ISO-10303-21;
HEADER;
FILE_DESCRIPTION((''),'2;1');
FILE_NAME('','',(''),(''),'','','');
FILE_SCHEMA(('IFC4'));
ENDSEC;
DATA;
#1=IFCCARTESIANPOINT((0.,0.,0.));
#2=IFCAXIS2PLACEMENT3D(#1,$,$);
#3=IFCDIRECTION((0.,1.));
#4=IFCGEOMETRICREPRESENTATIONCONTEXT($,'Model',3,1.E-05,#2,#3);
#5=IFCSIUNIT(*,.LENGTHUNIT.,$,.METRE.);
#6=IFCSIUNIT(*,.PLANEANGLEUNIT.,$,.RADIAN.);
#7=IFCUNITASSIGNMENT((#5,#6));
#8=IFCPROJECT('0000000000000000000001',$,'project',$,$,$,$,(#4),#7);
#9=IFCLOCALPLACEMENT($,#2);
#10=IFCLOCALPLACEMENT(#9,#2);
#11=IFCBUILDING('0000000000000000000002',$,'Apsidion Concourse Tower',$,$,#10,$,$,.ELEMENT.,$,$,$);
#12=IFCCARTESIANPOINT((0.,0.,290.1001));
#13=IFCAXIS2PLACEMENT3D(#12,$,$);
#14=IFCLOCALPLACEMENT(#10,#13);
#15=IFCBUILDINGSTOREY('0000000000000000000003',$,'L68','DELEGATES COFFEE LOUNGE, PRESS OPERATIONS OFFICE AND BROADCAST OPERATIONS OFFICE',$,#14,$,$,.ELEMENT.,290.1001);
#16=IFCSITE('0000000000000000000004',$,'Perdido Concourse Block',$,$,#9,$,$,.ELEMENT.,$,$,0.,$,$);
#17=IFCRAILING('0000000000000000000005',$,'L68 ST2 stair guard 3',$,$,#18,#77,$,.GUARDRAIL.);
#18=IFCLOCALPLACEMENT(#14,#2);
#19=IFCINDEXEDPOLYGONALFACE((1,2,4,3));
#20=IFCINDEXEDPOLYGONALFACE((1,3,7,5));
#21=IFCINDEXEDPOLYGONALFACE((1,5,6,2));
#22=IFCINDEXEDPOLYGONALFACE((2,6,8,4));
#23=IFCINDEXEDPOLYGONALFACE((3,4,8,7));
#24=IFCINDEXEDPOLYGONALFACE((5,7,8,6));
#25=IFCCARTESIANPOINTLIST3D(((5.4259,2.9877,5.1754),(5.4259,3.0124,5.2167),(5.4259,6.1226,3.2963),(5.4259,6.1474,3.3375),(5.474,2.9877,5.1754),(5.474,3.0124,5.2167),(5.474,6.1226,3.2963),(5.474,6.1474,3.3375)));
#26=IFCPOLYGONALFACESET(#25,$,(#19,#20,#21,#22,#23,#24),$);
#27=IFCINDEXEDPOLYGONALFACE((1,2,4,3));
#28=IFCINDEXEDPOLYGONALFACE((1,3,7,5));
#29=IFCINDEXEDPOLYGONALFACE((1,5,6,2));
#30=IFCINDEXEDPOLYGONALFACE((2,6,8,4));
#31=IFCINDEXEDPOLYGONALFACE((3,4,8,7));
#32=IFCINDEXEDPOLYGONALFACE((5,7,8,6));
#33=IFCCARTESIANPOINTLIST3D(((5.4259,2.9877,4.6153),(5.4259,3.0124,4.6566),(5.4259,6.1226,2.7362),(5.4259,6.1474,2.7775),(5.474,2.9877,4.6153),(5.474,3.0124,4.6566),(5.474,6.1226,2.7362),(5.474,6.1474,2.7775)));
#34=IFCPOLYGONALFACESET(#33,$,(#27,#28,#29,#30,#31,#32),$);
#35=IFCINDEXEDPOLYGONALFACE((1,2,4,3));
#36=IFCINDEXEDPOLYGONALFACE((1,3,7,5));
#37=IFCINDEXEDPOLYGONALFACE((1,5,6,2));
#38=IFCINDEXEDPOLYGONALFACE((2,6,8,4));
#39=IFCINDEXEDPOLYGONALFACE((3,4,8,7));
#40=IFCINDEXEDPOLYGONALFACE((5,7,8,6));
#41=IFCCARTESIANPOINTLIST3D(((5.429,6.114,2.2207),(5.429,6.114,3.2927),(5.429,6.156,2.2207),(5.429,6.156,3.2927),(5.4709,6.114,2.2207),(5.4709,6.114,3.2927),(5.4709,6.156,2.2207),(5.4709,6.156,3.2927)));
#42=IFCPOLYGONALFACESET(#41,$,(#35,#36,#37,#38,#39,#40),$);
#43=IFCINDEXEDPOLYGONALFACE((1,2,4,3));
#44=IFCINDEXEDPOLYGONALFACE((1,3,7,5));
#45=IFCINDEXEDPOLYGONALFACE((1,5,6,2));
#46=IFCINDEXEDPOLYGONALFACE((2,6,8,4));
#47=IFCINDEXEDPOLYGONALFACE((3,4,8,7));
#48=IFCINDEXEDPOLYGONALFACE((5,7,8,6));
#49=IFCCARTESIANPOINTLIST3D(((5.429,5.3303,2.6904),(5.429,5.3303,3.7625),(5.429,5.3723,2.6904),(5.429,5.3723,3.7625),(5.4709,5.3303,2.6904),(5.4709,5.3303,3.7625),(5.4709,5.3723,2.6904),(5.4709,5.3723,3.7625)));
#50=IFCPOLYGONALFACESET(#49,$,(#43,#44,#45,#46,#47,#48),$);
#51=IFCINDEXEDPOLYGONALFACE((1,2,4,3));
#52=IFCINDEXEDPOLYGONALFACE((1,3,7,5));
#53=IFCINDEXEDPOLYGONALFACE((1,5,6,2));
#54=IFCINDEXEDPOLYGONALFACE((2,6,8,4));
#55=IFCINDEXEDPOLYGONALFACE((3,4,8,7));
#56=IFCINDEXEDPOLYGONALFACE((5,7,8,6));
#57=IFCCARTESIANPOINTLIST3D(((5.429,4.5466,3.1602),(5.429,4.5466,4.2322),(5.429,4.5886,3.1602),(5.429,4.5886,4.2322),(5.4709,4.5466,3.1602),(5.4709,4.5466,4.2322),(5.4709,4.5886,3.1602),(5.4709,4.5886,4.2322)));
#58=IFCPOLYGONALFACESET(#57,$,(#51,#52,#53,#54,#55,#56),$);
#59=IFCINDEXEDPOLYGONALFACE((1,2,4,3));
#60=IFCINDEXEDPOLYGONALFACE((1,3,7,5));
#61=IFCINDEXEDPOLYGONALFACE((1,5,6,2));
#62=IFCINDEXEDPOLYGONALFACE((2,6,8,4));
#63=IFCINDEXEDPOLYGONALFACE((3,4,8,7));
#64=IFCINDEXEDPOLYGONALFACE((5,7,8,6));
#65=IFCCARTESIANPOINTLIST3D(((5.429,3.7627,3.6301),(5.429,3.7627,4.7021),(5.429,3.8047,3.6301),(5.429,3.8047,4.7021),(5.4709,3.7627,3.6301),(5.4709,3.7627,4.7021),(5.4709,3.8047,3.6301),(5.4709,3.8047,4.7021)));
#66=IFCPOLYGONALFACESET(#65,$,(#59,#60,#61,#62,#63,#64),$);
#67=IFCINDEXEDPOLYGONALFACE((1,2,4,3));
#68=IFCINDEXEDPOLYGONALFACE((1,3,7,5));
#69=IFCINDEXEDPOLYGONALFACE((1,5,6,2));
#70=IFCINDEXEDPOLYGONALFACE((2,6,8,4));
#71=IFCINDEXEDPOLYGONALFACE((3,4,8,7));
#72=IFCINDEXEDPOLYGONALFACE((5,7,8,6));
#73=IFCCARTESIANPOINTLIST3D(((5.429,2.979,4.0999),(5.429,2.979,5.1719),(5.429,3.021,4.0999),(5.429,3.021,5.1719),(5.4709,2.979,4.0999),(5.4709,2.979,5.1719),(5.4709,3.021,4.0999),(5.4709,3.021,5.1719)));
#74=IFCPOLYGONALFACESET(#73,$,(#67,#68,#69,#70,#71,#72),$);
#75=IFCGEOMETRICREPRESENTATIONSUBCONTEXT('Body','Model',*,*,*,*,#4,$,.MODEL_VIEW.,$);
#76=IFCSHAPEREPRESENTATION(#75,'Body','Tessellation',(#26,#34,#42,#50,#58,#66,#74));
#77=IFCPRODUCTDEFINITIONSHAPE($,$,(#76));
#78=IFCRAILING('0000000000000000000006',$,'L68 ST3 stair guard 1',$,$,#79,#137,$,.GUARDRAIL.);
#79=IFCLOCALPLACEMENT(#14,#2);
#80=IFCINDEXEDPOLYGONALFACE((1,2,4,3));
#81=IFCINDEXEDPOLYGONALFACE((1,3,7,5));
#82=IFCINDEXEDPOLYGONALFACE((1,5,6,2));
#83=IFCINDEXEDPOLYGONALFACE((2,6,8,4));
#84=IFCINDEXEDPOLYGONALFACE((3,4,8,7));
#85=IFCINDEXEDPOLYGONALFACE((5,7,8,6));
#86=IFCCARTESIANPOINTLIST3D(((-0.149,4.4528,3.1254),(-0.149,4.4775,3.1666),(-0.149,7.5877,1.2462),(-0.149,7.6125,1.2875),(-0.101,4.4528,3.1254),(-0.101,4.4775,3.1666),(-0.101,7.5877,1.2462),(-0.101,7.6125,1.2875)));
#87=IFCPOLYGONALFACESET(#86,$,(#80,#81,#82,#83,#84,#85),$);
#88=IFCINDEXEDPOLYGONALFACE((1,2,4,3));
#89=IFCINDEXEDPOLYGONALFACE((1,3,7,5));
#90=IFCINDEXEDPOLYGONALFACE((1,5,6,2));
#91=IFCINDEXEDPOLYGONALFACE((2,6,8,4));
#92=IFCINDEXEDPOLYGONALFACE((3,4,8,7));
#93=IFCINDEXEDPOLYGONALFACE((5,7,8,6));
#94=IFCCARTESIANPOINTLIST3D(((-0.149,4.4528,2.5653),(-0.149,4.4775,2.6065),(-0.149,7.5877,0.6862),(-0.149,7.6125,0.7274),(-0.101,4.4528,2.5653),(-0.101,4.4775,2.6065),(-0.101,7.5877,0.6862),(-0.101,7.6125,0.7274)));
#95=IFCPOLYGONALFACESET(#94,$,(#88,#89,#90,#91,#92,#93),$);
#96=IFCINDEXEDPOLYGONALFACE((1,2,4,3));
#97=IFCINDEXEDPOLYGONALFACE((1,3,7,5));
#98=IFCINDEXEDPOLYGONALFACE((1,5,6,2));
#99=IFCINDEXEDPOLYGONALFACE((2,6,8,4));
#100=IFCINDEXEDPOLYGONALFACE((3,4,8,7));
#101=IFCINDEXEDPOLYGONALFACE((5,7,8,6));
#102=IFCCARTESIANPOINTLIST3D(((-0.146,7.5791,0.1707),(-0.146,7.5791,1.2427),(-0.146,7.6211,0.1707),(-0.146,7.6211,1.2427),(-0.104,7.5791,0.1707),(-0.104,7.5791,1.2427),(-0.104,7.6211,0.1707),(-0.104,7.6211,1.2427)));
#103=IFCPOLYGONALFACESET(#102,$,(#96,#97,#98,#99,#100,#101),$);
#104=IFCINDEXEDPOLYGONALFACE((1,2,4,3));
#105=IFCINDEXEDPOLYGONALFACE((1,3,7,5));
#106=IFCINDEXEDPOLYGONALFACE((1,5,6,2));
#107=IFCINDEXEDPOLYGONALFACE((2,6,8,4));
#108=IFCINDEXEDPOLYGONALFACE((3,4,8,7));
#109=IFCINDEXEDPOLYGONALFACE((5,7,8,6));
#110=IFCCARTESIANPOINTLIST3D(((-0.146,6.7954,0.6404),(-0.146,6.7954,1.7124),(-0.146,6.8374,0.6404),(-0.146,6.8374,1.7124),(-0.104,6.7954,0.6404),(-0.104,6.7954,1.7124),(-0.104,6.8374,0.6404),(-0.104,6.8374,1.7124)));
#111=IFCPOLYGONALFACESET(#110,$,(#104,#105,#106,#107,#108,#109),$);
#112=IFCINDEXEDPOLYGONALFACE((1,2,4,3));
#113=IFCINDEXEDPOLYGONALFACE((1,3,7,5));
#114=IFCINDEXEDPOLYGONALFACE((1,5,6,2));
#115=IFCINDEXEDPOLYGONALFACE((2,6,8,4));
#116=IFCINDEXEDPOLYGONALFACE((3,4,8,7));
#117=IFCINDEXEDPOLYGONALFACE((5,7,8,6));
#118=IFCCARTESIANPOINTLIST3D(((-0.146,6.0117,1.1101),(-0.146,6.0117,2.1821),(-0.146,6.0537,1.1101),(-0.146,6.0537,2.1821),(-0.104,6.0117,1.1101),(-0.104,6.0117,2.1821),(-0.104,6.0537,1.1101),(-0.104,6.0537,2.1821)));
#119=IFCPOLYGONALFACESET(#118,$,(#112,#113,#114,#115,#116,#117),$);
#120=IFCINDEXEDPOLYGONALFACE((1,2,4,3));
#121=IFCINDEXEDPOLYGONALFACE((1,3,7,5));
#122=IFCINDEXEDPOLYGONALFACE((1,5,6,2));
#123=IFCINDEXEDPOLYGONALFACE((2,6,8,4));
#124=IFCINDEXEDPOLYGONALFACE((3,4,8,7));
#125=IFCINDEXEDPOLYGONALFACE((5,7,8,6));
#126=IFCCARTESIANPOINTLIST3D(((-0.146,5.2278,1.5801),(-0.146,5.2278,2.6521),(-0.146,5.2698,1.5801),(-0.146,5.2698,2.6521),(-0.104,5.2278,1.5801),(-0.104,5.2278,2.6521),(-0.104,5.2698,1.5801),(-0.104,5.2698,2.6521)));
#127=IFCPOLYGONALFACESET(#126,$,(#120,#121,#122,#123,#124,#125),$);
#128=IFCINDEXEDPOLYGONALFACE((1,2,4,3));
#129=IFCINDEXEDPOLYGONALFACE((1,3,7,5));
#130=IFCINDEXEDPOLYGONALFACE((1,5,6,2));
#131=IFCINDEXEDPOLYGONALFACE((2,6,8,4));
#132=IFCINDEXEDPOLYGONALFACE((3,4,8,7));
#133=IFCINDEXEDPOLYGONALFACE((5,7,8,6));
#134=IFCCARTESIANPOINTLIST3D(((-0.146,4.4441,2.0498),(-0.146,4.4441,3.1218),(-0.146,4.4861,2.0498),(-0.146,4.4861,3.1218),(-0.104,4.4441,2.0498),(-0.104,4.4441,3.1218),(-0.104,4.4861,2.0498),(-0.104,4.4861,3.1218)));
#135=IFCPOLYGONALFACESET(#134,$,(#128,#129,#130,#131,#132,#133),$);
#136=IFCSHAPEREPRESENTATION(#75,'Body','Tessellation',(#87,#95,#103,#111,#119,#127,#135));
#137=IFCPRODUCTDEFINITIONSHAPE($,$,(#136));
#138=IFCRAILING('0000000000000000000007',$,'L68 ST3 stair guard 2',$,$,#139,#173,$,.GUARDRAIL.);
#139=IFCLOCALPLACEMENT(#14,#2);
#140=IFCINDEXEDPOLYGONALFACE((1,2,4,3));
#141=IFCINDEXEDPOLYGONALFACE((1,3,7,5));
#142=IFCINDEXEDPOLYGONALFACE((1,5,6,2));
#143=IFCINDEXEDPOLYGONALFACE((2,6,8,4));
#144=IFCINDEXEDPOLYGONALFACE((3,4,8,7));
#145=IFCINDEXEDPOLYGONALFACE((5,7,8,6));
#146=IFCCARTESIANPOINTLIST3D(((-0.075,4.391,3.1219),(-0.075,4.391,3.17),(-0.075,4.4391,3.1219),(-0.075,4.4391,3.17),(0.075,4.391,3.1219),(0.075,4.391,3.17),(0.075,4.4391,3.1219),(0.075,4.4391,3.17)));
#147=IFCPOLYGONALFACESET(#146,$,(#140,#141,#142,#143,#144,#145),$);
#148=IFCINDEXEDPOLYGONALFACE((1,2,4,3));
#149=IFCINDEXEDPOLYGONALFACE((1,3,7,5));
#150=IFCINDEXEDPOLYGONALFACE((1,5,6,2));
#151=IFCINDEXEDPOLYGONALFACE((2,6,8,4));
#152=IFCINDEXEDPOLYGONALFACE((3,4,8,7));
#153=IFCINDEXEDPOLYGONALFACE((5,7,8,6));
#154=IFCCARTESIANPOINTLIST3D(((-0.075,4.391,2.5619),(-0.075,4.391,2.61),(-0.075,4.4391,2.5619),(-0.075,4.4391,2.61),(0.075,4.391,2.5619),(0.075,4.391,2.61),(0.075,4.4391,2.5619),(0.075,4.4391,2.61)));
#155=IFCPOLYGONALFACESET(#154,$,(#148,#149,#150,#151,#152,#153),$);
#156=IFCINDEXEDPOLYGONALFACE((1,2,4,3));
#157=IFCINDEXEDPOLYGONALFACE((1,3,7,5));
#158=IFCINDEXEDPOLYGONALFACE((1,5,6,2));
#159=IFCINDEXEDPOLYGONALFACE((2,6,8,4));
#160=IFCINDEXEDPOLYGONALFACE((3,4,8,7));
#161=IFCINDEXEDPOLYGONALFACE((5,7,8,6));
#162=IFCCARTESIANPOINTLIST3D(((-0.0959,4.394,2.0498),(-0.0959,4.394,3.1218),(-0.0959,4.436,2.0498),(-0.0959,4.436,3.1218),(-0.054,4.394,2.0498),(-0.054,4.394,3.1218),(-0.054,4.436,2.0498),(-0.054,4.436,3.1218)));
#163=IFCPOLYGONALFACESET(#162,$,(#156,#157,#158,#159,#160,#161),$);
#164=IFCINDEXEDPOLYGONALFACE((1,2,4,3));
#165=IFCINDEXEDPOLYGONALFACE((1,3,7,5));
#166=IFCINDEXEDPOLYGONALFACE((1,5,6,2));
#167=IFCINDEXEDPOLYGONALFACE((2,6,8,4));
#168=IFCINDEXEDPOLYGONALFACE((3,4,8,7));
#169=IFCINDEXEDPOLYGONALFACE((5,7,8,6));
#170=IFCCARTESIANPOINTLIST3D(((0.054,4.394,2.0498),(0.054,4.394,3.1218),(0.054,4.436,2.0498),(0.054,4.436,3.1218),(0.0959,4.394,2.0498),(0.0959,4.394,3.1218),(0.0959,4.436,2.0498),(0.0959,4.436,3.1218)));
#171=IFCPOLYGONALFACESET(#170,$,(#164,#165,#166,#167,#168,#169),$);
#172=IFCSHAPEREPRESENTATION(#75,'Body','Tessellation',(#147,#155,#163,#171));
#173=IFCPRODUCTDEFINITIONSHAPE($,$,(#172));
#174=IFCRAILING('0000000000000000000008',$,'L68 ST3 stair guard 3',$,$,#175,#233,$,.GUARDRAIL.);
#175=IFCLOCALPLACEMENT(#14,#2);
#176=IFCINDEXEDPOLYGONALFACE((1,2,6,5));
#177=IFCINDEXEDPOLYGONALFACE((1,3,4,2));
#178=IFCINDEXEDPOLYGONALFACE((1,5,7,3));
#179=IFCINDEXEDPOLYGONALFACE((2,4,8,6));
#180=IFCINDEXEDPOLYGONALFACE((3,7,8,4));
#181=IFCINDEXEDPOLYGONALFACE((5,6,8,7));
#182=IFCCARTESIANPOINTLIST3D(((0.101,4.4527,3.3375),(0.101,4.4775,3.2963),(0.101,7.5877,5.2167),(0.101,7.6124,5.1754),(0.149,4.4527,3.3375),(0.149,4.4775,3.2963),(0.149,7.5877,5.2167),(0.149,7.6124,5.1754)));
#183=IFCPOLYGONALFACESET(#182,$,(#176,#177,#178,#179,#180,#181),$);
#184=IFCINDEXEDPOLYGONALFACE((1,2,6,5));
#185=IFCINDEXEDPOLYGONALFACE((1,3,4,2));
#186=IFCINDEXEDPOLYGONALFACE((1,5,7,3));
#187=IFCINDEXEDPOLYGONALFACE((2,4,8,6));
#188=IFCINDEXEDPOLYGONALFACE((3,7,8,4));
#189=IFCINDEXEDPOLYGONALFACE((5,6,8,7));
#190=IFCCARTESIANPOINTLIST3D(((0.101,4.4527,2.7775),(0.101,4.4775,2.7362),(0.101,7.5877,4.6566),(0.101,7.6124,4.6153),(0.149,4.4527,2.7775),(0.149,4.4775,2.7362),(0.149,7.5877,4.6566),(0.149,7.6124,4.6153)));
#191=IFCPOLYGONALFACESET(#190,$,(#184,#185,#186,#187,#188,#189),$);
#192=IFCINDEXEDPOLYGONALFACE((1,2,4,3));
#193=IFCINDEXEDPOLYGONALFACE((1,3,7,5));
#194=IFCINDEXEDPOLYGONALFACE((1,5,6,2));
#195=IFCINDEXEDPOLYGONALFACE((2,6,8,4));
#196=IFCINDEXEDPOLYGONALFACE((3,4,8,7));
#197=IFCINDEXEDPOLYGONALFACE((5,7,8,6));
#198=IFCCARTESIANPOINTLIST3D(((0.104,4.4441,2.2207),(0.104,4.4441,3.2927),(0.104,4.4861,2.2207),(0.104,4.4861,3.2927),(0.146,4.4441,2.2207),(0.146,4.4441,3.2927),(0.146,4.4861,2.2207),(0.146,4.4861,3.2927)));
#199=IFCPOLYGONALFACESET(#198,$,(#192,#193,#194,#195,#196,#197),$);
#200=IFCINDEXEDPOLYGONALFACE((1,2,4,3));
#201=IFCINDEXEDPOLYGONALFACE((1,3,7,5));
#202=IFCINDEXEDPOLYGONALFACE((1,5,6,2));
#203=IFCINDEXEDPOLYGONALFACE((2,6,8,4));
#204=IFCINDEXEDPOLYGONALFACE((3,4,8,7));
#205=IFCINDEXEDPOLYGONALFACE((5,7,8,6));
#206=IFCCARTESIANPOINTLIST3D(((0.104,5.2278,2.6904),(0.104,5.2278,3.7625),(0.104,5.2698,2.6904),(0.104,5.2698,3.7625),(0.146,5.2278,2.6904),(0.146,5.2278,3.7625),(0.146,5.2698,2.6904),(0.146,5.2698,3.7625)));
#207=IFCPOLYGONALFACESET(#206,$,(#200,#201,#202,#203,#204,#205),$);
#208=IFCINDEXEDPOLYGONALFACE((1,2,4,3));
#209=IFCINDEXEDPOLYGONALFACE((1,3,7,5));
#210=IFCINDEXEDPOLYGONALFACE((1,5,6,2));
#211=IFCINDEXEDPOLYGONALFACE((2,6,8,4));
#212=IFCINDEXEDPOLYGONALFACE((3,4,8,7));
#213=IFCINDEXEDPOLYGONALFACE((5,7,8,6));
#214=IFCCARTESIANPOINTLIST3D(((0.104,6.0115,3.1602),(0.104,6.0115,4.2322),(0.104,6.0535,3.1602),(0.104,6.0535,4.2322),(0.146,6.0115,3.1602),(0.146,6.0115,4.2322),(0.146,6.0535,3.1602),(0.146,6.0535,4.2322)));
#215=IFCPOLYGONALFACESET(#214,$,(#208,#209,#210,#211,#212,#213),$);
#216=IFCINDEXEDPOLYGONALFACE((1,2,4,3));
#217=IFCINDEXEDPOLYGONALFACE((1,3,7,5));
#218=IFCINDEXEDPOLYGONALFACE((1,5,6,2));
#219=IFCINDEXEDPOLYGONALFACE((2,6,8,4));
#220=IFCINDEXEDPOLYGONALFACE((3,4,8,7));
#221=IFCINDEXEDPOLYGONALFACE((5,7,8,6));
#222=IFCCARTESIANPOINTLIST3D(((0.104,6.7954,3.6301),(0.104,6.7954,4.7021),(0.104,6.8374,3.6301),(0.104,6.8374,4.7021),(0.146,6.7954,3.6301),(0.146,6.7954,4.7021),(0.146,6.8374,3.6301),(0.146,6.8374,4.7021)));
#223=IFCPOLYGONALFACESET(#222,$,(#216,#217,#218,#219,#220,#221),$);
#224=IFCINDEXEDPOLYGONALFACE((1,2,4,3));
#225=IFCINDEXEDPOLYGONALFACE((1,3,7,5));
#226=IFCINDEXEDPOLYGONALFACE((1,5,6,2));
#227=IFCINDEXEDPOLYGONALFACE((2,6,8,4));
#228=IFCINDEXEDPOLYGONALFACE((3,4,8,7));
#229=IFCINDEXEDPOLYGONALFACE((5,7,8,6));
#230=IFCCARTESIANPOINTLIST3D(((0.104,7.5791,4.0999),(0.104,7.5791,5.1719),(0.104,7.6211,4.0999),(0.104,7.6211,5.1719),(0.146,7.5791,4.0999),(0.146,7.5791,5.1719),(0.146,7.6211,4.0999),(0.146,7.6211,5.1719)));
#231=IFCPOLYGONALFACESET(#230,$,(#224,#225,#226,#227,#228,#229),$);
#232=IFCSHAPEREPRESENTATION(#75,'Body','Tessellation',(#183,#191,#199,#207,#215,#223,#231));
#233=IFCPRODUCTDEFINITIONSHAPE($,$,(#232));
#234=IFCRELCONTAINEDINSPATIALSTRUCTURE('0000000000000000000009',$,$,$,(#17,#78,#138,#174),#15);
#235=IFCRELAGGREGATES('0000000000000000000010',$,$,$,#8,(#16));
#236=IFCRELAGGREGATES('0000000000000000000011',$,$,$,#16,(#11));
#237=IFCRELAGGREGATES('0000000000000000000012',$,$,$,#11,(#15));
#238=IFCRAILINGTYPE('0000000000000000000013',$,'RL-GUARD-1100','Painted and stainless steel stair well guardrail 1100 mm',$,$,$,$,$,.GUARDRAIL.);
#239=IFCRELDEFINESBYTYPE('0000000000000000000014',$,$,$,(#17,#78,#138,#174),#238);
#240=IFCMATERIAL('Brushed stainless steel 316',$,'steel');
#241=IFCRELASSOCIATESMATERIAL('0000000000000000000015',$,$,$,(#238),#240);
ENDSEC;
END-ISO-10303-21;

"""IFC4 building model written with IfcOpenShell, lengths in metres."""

from ifc_helpers import new_model, si_unit, direction, frame, origin, origin_2d, place, context, subcontext, project, spatial, rectangle, extrude, material, type_object, element, save


model = new_model("IFC4")

# Units and contexts
model_context = context("Model", 3, precision=1e-05, world=origin(), true_north=direction((0.0, 1.0)))
body_context = subcontext(model_context, "Body", "Model", "MODEL_VIEW")
ifc_project = project(units=[si_unit("LENGTHUNIT", "METRE"), si_unit("PLANEANGLEUNIT", "RADIAN")], contexts=[model_context])

# Site, building, storey
site_placement = place(None, origin())
site = spatial("IfcSite", under=ifc_project, at=site_placement, Name="Perdido Concourse Block", CompositionType="ELEMENT", RefElevation=0.0)
building_placement = place(site_placement, origin())
building = spatial("IfcBuilding", under=site, at=building_placement, Name="Apsidion Concourse Tower", CompositionType="ELEMENT")
storey_placement = place(building_placement, frame((0.0, 0.0, 290.1001)))
storey = spatial("IfcBuildingStorey", under=building, at=storey_placement, Name="L68", Description="DELEGATES COFFEE LOUNGE, PRESS OPERATIONS OFFICE AND BROADCAST OPERATIONS OFFICE", CompositionType="ELEMENT", Elevation=290.1001)

# Shared definitions
ifc_material_1 = material(Name="Brushed stainless steel 316", Category="steel")

# Railings
railing_type_1 = type_object("IfcRailingType", Name="RL-GUARD-1100", Description="Painted and stainless steel stair well guardrail 1100 mm", PredefinedType="GUARDRAIL", material=ifc_material_1)
for number, where, name in (
    (1, (5.45, 6.135, 2.2207), "L68 ST2 stair guard 3"),
    (2, (-0.125, 7.6001, 0.1707), "L68 ST3 stair guard 1"),
):
    element("IfcRailing", number, at=place(storey_placement, frame(where)), inside=storey, type_object=railing_type_1, Name=name, PredefinedType="GUARDRAIL", context=body_context, shape_type="SweptSolid", body=[
        extrude(rectangle(XDim=0.0481, YDim=0.0481, at=origin_2d()), frame((0.0, 0.0, 1.0962), z_axis=(0.0, -0.857717, 0.514122), x_axis=(1.0, 0.0, 0.0)), (0.0, 0.0, 1.0), 3.655),
        extrude(rectangle(XDim=0.0481, YDim=0.0481, at=origin_2d()), frame((0.0, 0.0, 0.5361), z_axis=(0.0, -0.857717, 0.514122), x_axis=(1.0, 0.0, 0.0)), (0.0, 0.0, 1.0), 3.655),
        extrude(rectangle(XDim=0.042, YDim=0.042, at=origin_2d()), origin(), (0.0, 0.0, 1.0), 1.072),
        extrude(rectangle(XDim=0.042, YDim=0.042, at=origin_2d()), frame((0.0, -0.7837, 0.4697)), (0.0, 0.0, 1.0), 1.072),
        extrude(rectangle(XDim=0.042, YDim=0.042, at=origin_2d()), frame((0.0, -1.5674, 0.9395)), (0.0, 0.0, 1.0), 1.072),
        extrude(rectangle(XDim=0.042, YDim=0.042, at=origin_2d()), frame((0.0, -2.3513, 1.4094)), (0.0, 0.0, 1.0), 1.072),
        extrude(rectangle(XDim=0.042, YDim=0.042, at=origin_2d()), frame((0.0, -3.135, 1.8792)), (0.0, 0.0, 1.0), 1.072),
    ])
railing_1_placement = place(storey_placement, frame((-0.075, 4.415, 2.0498)))
element("IfcRailing", 3, at=railing_1_placement, inside=storey, type_object=railing_type_1, Name="L68 ST3 stair guard 2", PredefinedType="GUARDRAIL", context=body_context, shape_type="SweptSolid", body=[
    extrude(rectangle(XDim=0.0481, YDim=0.0481, at=origin_2d()), frame((0.0, 0.0, 1.0962), z_axis=(1.0, 0.0, 0.0), x_axis=(0.0, 1.0, 0.0)), (0.0, 0.0, 1.0), 0.1499),
    extrude(rectangle(XDim=0.0481, YDim=0.0481, at=origin_2d()), frame((0.0, 0.0, 0.5361), z_axis=(1.0, 0.0, 0.0), x_axis=(0.0, 1.0, 0.0)), (0.0, 0.0, 1.0), 0.1499),
    extrude(rectangle(XDim=0.042, YDim=0.042, at=origin_2d()), origin(), (0.0, 0.0, 1.0), 1.072),
    extrude(rectangle(XDim=0.042, YDim=0.042, at=origin_2d()), frame((0.1499, 0.0, 0.0)), (0.0, 0.0, 1.0), 1.072),
])
railing_2_placement = place(storey_placement, frame((0.125, 4.4651, 2.2207)))
element("IfcRailing", 4, at=railing_2_placement, inside=storey, type_object=railing_type_1, Name="L68 ST3 stair guard 3", PredefinedType="GUARDRAIL", context=body_context, shape_type="SweptSolid", body=[
    extrude(rectangle(XDim=0.0481, YDim=0.0481, at=origin_2d()), frame((0.0, 0.0, 1.0962), z_axis=(0.0, 0.857717, 0.514122), x_axis=(-1.0, 0.0, 0.0)), (0.0, 0.0, 1.0), 3.655),
    extrude(rectangle(XDim=0.0481, YDim=0.0481, at=origin_2d()), frame((0.0, 0.0, 0.5361), z_axis=(0.0, 0.857717, 0.514122), x_axis=(-1.0, 0.0, 0.0)), (0.0, 0.0, 1.0), 3.655),
    extrude(rectangle(XDim=0.042, YDim=0.042, at=origin_2d()), origin(), (0.0, 0.0, 1.0), 1.072),
    extrude(rectangle(XDim=0.042, YDim=0.042, at=origin_2d()), frame((0.0, 0.7837, 0.4697)), (0.0, 0.0, 1.0), 1.072),
    extrude(rectangle(XDim=0.042, YDim=0.042, at=origin_2d()), frame((0.0, 1.5674, 0.9395)), (0.0, 0.0, 1.0), 1.072),
    extrude(rectangle(XDim=0.042, YDim=0.042, at=origin_2d()), frame((0.0, 2.3513, 1.4094)), (0.0, 0.0, 1.0), 1.072),
    extrude(rectangle(XDim=0.042, YDim=0.042, at=origin_2d()), frame((0.0, 3.135, 1.8792)), (0.0, 0.0, 1.0), 1.072),
])

save(model, "model.ifc")
